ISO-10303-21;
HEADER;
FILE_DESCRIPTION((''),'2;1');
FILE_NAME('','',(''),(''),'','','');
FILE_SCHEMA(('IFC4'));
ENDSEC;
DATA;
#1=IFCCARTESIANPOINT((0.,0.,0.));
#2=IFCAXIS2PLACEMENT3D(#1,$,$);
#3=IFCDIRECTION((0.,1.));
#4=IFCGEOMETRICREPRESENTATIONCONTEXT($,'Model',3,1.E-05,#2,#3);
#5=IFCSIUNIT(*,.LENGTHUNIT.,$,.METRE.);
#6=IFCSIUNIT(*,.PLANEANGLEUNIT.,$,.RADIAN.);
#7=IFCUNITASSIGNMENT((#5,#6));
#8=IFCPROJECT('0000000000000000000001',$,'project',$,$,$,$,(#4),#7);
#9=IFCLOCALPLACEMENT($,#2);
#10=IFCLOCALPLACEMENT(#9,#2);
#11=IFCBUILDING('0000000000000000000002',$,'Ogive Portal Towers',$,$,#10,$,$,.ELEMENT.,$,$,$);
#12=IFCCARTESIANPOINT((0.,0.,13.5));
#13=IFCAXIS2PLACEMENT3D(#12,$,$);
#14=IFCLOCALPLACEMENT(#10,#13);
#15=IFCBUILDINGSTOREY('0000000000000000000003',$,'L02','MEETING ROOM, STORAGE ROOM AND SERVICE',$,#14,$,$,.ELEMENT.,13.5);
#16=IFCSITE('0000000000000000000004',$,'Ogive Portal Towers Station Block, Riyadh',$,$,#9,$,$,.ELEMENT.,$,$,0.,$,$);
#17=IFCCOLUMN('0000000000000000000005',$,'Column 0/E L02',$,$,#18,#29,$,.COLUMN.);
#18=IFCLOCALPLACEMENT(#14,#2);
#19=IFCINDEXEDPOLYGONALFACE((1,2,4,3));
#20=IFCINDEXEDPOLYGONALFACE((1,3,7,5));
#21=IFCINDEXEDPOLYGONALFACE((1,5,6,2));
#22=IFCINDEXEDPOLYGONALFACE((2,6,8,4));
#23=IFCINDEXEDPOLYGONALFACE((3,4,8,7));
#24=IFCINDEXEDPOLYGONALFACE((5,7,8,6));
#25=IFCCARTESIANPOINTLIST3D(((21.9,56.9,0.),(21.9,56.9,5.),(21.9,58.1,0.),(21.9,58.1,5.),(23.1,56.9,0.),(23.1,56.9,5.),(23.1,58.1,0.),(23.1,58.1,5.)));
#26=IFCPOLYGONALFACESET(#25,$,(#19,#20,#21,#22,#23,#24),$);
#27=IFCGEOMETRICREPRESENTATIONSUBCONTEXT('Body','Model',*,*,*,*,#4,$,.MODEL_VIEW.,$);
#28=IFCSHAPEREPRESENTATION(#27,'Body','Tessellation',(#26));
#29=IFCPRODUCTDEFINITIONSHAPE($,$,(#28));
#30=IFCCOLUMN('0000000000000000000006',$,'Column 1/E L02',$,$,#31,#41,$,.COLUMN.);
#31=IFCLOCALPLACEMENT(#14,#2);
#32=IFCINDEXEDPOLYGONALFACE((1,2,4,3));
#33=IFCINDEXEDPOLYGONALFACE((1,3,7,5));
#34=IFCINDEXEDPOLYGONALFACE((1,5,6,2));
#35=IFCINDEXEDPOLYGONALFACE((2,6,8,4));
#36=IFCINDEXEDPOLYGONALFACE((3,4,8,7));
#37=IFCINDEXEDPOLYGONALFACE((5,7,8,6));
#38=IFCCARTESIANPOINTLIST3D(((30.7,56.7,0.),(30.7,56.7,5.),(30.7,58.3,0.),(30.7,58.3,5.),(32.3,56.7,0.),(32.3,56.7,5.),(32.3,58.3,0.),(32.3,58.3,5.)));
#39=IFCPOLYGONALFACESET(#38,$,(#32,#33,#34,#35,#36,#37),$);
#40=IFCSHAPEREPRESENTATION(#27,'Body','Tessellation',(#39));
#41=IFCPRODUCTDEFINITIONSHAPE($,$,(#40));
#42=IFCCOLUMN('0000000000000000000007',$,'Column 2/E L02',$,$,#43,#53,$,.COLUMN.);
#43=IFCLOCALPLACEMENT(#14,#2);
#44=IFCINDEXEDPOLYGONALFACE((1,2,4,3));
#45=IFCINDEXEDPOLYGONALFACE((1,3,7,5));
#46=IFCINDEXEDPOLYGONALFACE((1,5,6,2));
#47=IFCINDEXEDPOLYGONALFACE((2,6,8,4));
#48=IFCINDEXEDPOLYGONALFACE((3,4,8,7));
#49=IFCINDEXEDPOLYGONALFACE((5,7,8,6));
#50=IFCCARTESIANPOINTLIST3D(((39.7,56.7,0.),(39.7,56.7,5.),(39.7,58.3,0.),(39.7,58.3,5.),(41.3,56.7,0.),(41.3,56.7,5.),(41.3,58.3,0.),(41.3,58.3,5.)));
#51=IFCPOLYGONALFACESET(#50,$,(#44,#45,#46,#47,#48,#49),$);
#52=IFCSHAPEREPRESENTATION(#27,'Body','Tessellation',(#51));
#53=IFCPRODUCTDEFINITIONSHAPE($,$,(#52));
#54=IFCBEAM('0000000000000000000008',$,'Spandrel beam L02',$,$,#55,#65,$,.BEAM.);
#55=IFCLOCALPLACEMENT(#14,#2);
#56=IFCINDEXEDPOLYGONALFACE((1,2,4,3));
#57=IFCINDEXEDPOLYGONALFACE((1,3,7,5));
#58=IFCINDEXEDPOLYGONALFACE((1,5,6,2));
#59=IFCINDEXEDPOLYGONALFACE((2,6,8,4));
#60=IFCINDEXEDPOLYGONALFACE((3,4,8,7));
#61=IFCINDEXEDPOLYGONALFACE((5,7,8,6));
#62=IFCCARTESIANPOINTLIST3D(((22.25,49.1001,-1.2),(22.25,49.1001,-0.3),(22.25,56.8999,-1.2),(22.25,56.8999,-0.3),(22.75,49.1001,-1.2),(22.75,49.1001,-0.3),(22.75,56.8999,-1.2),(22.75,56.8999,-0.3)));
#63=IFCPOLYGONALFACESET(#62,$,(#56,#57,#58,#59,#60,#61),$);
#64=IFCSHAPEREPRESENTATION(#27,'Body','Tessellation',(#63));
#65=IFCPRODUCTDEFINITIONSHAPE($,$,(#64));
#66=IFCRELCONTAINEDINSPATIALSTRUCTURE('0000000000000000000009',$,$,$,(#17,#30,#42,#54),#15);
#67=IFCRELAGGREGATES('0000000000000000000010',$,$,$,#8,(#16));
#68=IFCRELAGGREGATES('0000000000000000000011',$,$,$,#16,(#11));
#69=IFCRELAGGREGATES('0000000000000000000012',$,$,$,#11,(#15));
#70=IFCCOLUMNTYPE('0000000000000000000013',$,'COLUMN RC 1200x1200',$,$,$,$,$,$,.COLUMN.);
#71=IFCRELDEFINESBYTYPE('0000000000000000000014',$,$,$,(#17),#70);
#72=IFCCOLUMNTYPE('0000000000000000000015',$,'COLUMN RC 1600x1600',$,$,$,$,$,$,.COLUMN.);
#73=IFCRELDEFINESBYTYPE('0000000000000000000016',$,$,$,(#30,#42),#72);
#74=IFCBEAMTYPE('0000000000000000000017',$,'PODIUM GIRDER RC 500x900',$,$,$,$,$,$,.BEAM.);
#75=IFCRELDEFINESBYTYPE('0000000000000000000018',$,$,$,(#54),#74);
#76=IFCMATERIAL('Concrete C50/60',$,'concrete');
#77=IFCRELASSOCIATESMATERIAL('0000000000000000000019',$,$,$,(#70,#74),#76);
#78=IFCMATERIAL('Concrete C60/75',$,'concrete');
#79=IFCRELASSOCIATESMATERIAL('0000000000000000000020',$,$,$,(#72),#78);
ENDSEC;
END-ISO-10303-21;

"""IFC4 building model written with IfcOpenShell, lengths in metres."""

from ifc_helpers import new_model, si_unit, direction, frame, origin, origin_2d, place, context, subcontext, project, spatial, rectangle, extrude, material, material_profile, profile_set, type_object, element, save


model = new_model("IFC4")

# Units and contexts
model_context = context("Model", 3, precision=1e-05, world=origin(), true_north=direction((0.0, 1.0)))
body_context = subcontext(model_context, "Body", "Model", "MODEL_VIEW")
ifc_project = project(units=[si_unit("LENGTHUNIT", "METRE"), si_unit("PLANEANGLEUNIT", "RADIAN")], contexts=[model_context])

# Site, building, storey
site_placement = place(None, origin())
site = spatial("IfcSite", under=ifc_project, at=site_placement, Name="Ogive Portal Towers Station Block, Riyadh", CompositionType="ELEMENT", RefElevation=0.0)
building_placement = place(site_placement, origin())
building = spatial("IfcBuilding", under=site, at=building_placement, Name="Ogive Portal Towers", CompositionType="ELEMENT")
storey_placement = place(building_placement, frame((0.0, 0.0, 13.5)))
storey = spatial("IfcBuildingStorey", under=building, at=storey_placement, Name="L02", Description="MEETING ROOM, STORAGE ROOM AND SERVICE", CompositionType="ELEMENT", Elevation=13.5)

# Columns
ifc_material_1 = material(Name="Concrete C50/60", Category="concrete")
ifc_material_profile_1 = material_profile(ifc_material_1, rectangle(XDim=1.2, YDim=1.2, at=origin_2d()), Name="RC 1200x1200")
ifc_profile_set_1 = profile_set([ifc_material_profile_1], Name="Concrete C50/60")
column_type_1 = type_object("IfcColumnType", Name="COLUMN RC 1200x1200", PredefinedType="COLUMN", material=ifc_profile_set_1)
column_placement = place(storey_placement, frame((22.5, 57.5, 0.0), z_axis=(0.0, 0.0, 1.0), x_axis=(1.0, 0.0, 0.0)))
element("IfcColumn", 1, at=column_placement, inside=storey, type_object=column_type_1, Name="Column 0/E L02", PredefinedType="COLUMN", context=body_context, shape_type="SweptSolid", body=[
    extrude(rectangle(XDim=1.2, YDim=1.2, at=origin_2d()), origin(), (0.0, 0.0, 1.0), 5.0),
])
ifc_material_2 = material(Name="Concrete C60/75", Category="concrete")
ifc_material_profile_2 = material_profile(ifc_material_2, rectangle(XDim=1.6001, YDim=1.6001, at=origin_2d()), Name="RC 1600x1600")
ifc_profile_set_2 = profile_set([ifc_material_profile_2], Name="Concrete C60/75")
column_type_2 = type_object("IfcColumnType", Name="COLUMN RC 1600x1600", PredefinedType="COLUMN", material=ifc_profile_set_2)
for number, where, z_axis, x_axis, name in (
    (2, (31.5, 57.5, 0.0), (0.0, 0.0, 1.0), (1.0, 0.0, 0.0), "Column 1/E L02"),
    (3, (40.5, 57.5, 0.0), (0.0, 0.0, 1.0), (1.0, 0.0, 0.0), "Column 2/E L02"),
):
    element("IfcColumn", number, at=place(storey_placement, frame(where, z_axis=z_axis, x_axis=x_axis)), inside=storey, type_object=column_type_2, Name=name, PredefinedType="COLUMN", context=body_context, shape_type="SweptSolid", body=[
        extrude(rectangle(XDim=1.6001, YDim=1.6001, at=origin_2d()), origin(), (0.0, 0.0, 1.0), 5.0),
    ])

# Beam
ifc_material_profile_3 = material_profile(ifc_material_1, rectangle(XDim=0.5, YDim=0.8999, at=origin_2d()), Name="RC 500x900")
ifc_profile_set_3 = profile_set([ifc_material_profile_3], Name="Concrete C50/60")
beam_type = type_object("IfcBeamType", Name="PODIUM GIRDER RC 500x900", PredefinedType="BEAM", material=ifc_profile_set_3)
beam_placement = place(storey_placement, frame((22.5, 56.8999, -0.75), z_axis=(0.0, -1.0, 0.0), x_axis=(1.0, 0.0, 0.0)))
element("IfcBeam", 4, at=beam_placement, inside=storey, type_object=beam_type, Name="Spandrel beam L02", PredefinedType="BEAM", context=body_context, shape_type="SweptSolid", body=[
    extrude(rectangle(XDim=0.5, YDim=0.8999, at=origin_2d()), origin(), (0.0, 0.0, 1.0), 7.7998),
])

save(model, "model.ifc")
